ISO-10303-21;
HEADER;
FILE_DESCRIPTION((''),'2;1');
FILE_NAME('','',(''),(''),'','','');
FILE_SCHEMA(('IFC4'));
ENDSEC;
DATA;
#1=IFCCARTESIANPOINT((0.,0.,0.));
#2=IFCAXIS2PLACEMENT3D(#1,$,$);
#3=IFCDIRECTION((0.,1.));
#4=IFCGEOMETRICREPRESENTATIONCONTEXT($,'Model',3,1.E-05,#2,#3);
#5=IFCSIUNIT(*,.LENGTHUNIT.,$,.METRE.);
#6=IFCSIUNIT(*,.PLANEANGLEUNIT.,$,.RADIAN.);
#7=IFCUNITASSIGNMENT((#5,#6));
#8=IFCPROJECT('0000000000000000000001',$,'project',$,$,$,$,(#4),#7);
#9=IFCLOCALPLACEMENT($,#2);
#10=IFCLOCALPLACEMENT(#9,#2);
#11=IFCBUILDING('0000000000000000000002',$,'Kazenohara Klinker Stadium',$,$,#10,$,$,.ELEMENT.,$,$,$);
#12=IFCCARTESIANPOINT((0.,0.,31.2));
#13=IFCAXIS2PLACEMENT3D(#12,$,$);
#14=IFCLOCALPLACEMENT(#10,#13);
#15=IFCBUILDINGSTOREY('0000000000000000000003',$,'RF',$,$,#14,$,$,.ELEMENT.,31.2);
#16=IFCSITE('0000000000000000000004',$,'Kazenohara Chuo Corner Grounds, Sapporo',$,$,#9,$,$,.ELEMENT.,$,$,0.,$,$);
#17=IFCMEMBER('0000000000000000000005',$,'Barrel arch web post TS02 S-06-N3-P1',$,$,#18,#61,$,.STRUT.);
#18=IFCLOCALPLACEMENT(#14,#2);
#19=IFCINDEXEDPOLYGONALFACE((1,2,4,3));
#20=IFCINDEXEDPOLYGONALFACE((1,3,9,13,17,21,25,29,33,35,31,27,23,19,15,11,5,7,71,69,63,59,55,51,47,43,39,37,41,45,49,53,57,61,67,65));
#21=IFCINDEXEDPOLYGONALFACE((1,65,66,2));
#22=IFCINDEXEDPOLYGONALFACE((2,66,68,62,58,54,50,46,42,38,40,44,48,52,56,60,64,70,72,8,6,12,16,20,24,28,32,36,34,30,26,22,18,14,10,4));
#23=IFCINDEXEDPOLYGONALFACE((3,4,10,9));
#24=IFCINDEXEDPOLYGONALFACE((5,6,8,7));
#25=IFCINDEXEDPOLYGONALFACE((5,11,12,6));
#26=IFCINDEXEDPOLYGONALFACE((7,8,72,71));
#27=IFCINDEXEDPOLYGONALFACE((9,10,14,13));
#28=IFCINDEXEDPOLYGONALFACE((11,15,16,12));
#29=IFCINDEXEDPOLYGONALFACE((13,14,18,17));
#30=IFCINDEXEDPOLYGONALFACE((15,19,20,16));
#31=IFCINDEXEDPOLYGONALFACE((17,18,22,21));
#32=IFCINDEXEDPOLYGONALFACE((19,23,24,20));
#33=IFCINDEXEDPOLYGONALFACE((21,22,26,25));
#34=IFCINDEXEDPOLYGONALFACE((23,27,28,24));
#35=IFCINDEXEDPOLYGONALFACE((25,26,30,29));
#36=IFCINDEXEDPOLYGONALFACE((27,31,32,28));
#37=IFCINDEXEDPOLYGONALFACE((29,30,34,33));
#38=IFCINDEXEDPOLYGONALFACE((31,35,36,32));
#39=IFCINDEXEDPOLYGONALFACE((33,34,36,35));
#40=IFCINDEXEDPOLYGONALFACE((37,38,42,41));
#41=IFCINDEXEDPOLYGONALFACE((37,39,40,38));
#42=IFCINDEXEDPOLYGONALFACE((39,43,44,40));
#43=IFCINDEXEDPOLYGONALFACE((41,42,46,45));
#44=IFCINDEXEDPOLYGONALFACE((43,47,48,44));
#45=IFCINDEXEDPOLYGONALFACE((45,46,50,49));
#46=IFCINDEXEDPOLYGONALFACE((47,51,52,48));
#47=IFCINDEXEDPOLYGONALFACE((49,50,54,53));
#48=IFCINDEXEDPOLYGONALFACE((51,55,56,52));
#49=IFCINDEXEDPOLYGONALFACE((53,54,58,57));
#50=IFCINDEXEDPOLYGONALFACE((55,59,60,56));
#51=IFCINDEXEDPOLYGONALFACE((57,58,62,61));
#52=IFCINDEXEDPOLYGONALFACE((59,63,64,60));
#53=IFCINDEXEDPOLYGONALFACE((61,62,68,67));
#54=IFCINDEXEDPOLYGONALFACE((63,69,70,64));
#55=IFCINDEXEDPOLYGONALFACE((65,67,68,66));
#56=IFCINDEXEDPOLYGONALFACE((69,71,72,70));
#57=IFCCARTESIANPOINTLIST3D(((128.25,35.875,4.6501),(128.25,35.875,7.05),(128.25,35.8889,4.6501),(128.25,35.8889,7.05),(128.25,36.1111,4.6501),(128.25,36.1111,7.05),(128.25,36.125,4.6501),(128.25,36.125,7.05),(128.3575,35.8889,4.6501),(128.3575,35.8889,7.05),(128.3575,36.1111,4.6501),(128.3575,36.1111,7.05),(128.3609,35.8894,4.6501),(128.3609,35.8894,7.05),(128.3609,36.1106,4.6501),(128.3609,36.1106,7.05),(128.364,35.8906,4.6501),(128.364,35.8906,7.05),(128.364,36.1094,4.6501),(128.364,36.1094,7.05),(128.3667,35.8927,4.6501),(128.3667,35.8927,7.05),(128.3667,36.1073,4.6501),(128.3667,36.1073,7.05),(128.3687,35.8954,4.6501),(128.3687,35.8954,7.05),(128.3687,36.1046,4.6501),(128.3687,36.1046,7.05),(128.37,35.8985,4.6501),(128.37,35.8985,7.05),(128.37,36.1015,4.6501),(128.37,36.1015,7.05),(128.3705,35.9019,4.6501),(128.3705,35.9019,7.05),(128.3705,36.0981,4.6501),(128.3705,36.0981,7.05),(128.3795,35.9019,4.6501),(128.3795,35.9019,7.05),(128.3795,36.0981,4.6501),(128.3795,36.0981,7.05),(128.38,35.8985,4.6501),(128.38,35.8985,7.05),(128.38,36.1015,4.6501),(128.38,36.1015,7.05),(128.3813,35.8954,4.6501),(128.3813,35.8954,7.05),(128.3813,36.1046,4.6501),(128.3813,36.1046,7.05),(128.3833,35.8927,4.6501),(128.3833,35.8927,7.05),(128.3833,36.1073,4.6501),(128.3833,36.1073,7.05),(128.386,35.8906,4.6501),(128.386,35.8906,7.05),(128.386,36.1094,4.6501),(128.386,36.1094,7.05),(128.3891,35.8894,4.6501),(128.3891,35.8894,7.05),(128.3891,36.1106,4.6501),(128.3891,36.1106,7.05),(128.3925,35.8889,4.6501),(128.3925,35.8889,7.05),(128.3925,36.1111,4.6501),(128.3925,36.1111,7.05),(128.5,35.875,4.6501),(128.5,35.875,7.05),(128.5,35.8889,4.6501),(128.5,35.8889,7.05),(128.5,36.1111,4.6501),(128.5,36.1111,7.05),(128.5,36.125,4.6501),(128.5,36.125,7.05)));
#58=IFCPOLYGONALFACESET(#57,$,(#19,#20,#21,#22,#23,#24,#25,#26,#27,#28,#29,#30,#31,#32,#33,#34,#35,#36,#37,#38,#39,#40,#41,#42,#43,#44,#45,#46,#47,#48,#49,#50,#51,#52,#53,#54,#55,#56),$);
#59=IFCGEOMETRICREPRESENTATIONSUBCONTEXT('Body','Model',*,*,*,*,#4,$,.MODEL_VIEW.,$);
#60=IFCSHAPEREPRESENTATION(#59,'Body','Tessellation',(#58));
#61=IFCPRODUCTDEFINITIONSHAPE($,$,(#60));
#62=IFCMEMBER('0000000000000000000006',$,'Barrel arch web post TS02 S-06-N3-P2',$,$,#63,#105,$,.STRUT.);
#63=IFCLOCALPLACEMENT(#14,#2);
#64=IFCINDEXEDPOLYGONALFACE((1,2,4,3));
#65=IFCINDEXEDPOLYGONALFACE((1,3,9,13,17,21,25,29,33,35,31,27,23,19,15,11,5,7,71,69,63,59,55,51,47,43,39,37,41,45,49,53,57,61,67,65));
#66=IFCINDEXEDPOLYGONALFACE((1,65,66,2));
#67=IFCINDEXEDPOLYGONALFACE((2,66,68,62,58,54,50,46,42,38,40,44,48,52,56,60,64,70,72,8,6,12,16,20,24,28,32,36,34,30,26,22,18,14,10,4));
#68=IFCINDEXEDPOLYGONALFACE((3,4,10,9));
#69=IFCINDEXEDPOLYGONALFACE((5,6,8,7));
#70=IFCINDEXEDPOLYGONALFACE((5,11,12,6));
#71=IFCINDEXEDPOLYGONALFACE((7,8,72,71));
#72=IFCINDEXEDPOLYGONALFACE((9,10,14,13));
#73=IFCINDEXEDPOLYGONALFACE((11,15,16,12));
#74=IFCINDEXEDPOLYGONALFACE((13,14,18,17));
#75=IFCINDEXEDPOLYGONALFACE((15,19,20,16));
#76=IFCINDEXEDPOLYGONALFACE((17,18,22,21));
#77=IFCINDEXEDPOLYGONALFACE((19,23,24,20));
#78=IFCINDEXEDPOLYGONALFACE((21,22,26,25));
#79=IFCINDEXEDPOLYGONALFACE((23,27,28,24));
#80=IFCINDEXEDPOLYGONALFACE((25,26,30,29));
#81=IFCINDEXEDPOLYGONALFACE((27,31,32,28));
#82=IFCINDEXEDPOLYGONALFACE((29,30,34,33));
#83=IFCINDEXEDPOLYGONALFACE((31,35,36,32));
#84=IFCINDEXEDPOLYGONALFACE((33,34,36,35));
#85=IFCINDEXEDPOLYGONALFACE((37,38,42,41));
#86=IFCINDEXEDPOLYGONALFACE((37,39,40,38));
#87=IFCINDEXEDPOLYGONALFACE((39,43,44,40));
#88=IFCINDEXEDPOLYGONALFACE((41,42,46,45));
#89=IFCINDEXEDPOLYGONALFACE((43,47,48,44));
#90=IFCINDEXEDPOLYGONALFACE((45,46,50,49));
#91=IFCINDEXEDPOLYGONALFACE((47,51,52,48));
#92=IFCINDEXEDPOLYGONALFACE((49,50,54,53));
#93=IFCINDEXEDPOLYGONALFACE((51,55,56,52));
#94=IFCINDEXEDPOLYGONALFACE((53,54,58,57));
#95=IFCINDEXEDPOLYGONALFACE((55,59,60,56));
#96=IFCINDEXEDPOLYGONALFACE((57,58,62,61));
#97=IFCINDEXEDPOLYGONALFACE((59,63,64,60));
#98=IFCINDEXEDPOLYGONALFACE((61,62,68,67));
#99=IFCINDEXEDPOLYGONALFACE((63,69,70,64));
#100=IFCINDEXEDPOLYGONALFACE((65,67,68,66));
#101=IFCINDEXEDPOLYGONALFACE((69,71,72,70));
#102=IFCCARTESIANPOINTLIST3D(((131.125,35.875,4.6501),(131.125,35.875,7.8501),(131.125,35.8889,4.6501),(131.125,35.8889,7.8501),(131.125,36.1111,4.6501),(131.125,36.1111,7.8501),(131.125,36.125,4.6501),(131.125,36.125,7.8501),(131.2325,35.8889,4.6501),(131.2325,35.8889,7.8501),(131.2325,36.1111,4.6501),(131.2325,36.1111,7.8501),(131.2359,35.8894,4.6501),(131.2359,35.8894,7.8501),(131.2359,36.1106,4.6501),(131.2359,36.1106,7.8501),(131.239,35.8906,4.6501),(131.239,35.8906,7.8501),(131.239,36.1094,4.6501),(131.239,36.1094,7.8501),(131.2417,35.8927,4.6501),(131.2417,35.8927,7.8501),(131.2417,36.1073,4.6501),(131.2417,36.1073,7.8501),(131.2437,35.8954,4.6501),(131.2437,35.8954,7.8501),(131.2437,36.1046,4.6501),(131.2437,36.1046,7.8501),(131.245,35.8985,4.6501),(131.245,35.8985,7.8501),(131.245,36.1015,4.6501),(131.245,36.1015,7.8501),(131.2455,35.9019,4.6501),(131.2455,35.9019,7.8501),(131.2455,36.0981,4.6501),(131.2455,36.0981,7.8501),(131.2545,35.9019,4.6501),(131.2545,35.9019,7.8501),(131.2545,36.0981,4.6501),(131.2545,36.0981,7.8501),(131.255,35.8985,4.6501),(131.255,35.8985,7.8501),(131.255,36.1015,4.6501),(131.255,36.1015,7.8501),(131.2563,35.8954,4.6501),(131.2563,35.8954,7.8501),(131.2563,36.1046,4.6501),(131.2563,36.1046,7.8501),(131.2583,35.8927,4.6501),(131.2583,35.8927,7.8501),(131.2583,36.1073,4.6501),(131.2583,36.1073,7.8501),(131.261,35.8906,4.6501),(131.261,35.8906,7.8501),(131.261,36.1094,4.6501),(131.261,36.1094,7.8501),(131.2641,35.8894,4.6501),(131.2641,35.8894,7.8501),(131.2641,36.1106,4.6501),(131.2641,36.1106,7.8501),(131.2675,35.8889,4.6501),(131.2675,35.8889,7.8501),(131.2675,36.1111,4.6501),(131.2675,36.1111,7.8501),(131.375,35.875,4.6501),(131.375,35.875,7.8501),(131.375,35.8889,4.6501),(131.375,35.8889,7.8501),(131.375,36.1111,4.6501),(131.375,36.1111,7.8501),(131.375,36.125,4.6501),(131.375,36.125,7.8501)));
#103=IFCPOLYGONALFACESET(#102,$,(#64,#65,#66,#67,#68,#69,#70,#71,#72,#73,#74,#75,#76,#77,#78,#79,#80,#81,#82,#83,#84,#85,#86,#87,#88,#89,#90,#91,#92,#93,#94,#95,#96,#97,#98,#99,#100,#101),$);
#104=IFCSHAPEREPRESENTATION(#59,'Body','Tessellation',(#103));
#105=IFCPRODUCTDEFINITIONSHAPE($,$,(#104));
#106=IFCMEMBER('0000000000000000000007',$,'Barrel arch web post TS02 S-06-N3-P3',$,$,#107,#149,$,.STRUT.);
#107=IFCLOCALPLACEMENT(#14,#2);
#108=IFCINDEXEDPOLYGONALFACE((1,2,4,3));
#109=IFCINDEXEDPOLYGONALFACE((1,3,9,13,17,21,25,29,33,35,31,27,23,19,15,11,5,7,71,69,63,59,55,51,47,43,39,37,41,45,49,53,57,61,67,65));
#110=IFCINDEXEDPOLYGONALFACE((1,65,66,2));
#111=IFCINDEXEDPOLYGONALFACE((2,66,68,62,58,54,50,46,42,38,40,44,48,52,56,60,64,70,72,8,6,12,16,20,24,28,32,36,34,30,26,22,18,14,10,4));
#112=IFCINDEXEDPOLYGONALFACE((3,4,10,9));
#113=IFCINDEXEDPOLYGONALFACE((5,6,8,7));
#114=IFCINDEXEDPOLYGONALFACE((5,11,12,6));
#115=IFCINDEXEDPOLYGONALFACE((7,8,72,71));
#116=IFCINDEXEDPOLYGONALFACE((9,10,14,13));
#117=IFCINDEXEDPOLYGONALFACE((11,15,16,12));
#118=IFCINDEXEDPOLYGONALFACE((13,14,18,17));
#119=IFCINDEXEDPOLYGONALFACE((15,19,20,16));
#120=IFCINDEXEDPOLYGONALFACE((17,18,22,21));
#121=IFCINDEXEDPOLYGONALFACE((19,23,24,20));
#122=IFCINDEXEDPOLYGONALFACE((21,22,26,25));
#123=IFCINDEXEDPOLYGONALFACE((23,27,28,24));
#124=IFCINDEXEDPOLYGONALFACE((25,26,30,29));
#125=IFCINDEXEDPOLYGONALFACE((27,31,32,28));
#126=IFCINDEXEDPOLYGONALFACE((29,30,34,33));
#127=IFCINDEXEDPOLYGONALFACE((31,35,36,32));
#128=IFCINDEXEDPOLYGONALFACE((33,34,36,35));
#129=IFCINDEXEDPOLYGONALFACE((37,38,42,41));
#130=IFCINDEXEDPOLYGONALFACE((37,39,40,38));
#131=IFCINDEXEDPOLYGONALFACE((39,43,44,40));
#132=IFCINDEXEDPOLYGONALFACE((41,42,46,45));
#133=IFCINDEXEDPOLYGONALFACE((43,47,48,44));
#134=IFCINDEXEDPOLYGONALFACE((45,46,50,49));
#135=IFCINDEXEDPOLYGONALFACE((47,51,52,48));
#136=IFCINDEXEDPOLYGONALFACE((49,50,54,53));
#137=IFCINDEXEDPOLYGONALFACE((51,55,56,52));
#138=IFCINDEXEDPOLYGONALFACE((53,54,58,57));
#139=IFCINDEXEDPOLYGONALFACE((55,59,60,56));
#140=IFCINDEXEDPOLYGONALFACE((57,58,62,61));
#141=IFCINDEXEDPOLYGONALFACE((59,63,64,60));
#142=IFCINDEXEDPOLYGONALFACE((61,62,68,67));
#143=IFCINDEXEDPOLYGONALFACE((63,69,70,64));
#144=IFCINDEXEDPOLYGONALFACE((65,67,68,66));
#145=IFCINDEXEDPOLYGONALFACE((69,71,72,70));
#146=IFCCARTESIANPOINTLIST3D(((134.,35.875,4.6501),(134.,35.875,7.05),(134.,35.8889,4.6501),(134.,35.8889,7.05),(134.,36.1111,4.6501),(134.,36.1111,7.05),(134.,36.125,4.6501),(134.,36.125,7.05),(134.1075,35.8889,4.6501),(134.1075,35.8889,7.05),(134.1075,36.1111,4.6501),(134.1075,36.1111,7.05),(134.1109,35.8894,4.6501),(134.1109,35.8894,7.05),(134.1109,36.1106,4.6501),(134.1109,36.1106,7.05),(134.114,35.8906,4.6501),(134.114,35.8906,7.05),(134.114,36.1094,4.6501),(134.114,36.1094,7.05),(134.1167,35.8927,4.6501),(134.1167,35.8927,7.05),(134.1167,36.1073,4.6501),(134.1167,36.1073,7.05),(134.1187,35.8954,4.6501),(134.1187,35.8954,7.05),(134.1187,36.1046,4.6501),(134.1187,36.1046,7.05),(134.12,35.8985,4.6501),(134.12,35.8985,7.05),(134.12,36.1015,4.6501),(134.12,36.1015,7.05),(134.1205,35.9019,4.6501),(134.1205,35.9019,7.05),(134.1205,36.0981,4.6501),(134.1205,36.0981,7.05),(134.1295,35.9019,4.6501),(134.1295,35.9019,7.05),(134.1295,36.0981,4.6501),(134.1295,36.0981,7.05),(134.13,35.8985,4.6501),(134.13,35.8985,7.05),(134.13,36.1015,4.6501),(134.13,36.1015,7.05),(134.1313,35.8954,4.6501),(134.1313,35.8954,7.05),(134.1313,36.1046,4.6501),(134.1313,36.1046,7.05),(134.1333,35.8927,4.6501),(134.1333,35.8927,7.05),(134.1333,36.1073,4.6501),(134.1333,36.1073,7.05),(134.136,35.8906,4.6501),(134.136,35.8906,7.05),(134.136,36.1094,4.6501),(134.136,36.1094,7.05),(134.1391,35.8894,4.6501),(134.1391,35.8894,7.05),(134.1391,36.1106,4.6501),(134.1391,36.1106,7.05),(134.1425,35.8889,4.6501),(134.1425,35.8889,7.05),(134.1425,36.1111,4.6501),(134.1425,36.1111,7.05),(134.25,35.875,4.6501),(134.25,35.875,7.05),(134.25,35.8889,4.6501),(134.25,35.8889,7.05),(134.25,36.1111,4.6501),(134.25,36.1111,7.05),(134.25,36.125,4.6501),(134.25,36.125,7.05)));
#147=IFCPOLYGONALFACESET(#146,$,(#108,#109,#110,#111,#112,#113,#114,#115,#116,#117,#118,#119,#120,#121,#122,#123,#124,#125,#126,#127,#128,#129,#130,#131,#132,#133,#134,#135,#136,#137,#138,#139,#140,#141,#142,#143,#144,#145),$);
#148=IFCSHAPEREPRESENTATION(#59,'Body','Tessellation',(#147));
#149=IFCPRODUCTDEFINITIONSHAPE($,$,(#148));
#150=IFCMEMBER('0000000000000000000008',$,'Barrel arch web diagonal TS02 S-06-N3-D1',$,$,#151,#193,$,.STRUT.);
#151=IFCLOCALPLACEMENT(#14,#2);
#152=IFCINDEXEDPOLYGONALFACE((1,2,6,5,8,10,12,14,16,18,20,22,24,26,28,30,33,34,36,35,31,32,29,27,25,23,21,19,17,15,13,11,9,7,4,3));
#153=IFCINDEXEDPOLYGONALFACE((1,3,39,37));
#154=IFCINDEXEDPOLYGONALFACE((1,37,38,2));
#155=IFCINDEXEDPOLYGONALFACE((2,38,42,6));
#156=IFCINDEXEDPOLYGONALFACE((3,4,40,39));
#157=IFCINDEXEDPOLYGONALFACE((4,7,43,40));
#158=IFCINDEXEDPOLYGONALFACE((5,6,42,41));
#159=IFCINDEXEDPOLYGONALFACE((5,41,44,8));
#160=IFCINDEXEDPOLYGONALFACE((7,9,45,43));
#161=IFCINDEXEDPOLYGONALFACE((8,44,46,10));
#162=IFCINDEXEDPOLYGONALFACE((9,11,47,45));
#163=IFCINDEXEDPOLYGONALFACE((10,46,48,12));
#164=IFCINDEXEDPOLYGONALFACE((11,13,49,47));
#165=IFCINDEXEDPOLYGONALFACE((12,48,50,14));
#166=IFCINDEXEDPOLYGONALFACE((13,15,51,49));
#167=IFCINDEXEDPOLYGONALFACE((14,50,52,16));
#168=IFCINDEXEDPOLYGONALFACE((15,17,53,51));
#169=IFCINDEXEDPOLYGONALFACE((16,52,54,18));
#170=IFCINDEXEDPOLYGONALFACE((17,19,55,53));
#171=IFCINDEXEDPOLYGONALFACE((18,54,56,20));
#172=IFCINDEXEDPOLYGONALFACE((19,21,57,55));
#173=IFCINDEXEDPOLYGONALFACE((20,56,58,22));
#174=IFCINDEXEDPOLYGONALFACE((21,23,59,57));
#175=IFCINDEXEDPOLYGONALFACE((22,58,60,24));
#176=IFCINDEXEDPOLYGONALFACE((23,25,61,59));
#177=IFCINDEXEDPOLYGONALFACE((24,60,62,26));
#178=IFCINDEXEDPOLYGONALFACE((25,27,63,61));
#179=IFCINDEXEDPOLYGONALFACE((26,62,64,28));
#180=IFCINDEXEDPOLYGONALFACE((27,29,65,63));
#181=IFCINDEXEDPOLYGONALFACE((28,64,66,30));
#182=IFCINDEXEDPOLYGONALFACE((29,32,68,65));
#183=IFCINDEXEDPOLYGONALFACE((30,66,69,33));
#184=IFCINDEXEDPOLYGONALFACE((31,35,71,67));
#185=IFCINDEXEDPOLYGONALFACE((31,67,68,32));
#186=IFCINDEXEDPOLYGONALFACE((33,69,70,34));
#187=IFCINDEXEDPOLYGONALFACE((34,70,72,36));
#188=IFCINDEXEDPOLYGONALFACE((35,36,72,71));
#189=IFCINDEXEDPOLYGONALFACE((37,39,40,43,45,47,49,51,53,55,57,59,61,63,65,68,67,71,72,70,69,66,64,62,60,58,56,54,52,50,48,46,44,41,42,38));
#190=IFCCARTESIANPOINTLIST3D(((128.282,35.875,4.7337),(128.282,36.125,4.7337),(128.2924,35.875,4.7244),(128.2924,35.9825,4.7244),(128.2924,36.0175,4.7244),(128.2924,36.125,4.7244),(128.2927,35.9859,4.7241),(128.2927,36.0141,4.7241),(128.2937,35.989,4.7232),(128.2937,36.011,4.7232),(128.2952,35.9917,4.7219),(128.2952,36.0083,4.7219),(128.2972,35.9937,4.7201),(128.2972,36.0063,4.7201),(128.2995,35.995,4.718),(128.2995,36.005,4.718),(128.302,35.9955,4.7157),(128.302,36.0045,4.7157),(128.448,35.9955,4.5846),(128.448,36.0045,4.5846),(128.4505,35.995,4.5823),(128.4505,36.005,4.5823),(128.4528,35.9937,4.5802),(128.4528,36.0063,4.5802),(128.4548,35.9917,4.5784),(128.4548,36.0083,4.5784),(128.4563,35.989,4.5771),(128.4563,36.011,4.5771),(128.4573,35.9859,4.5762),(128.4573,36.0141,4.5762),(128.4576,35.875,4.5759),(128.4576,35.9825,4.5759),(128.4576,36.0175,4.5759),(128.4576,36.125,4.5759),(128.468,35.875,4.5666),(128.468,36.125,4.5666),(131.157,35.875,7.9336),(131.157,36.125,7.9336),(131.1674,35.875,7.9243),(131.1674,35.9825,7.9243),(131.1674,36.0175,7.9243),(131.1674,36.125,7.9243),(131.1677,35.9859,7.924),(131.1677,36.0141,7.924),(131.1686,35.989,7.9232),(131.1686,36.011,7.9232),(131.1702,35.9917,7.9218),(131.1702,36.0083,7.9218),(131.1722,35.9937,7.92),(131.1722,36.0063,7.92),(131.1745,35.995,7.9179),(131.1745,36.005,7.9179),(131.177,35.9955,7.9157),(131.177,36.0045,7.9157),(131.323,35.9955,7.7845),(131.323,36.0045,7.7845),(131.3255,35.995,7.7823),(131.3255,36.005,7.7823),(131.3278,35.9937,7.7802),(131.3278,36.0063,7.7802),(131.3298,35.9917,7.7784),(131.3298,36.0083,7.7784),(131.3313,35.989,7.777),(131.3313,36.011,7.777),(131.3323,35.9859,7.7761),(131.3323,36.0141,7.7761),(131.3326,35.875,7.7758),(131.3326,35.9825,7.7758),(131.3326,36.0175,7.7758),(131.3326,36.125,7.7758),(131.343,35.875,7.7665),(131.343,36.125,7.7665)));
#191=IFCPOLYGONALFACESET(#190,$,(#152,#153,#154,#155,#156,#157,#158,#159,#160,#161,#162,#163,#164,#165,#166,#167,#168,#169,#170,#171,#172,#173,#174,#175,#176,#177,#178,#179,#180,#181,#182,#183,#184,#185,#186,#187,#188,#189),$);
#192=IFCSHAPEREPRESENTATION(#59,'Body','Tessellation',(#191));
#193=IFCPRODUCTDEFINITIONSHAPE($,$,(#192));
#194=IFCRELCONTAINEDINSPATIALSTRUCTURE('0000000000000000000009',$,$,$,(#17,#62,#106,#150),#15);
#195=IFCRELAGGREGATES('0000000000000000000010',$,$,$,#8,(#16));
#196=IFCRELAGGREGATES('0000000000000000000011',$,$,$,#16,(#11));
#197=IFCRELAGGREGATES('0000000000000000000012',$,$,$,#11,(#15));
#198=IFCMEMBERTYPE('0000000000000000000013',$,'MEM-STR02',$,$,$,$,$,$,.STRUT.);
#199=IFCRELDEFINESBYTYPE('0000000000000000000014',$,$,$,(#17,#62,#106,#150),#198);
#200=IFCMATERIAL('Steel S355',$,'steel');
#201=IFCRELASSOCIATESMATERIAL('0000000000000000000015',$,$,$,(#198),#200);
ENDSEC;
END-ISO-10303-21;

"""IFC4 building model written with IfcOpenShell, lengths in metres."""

from ifc_helpers import new_model, si_unit, direction, frame, origin, origin_2d, place, context, subcontext, project, spatial, i_section, extrude, material, material_profile, profile_set, type_object, element, save


model = new_model("IFC4")

# Units and contexts
model_context = context("Model", 3, precision=1e-05, world=origin(), true_north=direction((0.0, 1.0)))
body_context = subcontext(model_context, "Body", "Model", "MODEL_VIEW")
ifc_project = project(units=[si_unit("LENGTHUNIT", "METRE"), si_unit("PLANEANGLEUNIT", "RADIAN")], contexts=[model_context])

# Site, building, storey
site_placement = place(None, origin())
site = spatial("IfcSite", under=ifc_project, at=site_placement, Name="Kazenohara Chuo Corner Grounds, Sapporo", CompositionType="ELEMENT", RefElevation=0.0)
building_placement = place(site_placement, origin())
building = spatial("IfcBuilding", under=site, at=building_placement, Name="Kazenohara Klinker Stadium", CompositionType="ELEMENT")
storey_placement = place(building_placement, frame((0.0, 0.0, 31.2)))
storey = spatial("IfcBuildingStorey", under=building, at=storey_placement, Name="RF", CompositionType="ELEMENT", Elevation=31.2)

# Members
ifc_material_1 = material(Name="Steel S355", Category="steel")
ifc_material_profile_1 = material_profile(ifc_material_1, i_section(OverallWidth=0.25, OverallDepth=0.25, WebThickness=0.009, FlangeThickness=0.0139, FilletRadius=0.0129, at=origin_2d()), Name="H-250x250x9x14")
ifc_profile_set_1 = profile_set([ifc_material_profile_1], Name="Steel S355")
member_type_1 = type_object("IfcMemberType", Name="MEM-STR02", PredefinedType="STRUT", material=ifc_profile_set_1)
member_1_placement = place(storey_placement, frame((128.375, 36.0, 4.6501), z_axis=(0.0, 0.0, 1.0), x_axis=(1.0, 0.0, 0.0)))
element("IfcMember", 1, at=member_1_placement, inside=storey, type_object=member_type_1, Name="Barrel arch web post TS02 S-06-N3-P1", PredefinedType="STRUT", context=body_context, shape_type="SweptSolid", body=[
    extrude(i_section(OverallWidth=0.25, OverallDepth=0.25, WebThickness=0.009, FlangeThickness=0.0139, FilletRadius=0.0129, at=origin_2d()), origin(), (0.0, 0.0, 1.0), 2.3999),
])
member_2_placement = place(storey_placement, frame((131.25, 36.0, 4.6501), z_axis=(0.0, 0.0, 1.0), x_axis=(1.0, 0.0, 0.0)))
element("IfcMember", 2, at=member_2_placement, inside=storey, type_object=member_type_1, Name="Barrel arch web post TS02 S-06-N3-P2", PredefinedType="STRUT", context=body_context, shape_type="SweptSolid", body=[
    extrude(i_section(OverallWidth=0.25, OverallDepth=0.25, WebThickness=0.009, FlangeThickness=0.0139, FilletRadius=0.0129, at=origin_2d()), origin(), (0.0, 0.0, 1.0), 3.2),
])
member_3_placement = place(storey_placement, frame((134.125, 36.0, 4.6501), z_axis=(0.0, 0.0, 1.0), x_axis=(1.0, 0.0, 0.0)))
element("IfcMember", 3, at=member_3_placement, inside=storey, type_object=member_type_1, Name="Barrel arch web post TS02 S-06-N3-P3", PredefinedType="STRUT", context=body_context, shape_type="SweptSolid", body=[
    extrude(i_section(OverallWidth=0.25, OverallDepth=0.25, WebThickness=0.009, FlangeThickness=0.0139, FilletRadius=0.0129, at=origin_2d()), origin(), (0.0, 0.0, 1.0), 2.3999),
])
member_4_placement = place(storey_placement, frame((128.375, 36.0, 4.6501), z_axis=(0.668328, 0.0, 0.743867), x_axis=(0.0, 1.0, 0.0)))
element("IfcMember", 4, at=member_4_placement, inside=storey, type_object=member_type_1, Name="Barrel arch web diagonal TS02 S-06-N3-D1", PredefinedType="STRUT", context=body_context, shape_type="SweptSolid", body=[
    extrude(i_section(OverallWidth=0.25, OverallDepth=0.25, WebThickness=0.009, FlangeThickness=0.0139, FilletRadius=0.0129, at=origin_2d()), origin(), (0.0, 0.0, 1.0), 4.3018),
])

save(model, "model.ifc")
